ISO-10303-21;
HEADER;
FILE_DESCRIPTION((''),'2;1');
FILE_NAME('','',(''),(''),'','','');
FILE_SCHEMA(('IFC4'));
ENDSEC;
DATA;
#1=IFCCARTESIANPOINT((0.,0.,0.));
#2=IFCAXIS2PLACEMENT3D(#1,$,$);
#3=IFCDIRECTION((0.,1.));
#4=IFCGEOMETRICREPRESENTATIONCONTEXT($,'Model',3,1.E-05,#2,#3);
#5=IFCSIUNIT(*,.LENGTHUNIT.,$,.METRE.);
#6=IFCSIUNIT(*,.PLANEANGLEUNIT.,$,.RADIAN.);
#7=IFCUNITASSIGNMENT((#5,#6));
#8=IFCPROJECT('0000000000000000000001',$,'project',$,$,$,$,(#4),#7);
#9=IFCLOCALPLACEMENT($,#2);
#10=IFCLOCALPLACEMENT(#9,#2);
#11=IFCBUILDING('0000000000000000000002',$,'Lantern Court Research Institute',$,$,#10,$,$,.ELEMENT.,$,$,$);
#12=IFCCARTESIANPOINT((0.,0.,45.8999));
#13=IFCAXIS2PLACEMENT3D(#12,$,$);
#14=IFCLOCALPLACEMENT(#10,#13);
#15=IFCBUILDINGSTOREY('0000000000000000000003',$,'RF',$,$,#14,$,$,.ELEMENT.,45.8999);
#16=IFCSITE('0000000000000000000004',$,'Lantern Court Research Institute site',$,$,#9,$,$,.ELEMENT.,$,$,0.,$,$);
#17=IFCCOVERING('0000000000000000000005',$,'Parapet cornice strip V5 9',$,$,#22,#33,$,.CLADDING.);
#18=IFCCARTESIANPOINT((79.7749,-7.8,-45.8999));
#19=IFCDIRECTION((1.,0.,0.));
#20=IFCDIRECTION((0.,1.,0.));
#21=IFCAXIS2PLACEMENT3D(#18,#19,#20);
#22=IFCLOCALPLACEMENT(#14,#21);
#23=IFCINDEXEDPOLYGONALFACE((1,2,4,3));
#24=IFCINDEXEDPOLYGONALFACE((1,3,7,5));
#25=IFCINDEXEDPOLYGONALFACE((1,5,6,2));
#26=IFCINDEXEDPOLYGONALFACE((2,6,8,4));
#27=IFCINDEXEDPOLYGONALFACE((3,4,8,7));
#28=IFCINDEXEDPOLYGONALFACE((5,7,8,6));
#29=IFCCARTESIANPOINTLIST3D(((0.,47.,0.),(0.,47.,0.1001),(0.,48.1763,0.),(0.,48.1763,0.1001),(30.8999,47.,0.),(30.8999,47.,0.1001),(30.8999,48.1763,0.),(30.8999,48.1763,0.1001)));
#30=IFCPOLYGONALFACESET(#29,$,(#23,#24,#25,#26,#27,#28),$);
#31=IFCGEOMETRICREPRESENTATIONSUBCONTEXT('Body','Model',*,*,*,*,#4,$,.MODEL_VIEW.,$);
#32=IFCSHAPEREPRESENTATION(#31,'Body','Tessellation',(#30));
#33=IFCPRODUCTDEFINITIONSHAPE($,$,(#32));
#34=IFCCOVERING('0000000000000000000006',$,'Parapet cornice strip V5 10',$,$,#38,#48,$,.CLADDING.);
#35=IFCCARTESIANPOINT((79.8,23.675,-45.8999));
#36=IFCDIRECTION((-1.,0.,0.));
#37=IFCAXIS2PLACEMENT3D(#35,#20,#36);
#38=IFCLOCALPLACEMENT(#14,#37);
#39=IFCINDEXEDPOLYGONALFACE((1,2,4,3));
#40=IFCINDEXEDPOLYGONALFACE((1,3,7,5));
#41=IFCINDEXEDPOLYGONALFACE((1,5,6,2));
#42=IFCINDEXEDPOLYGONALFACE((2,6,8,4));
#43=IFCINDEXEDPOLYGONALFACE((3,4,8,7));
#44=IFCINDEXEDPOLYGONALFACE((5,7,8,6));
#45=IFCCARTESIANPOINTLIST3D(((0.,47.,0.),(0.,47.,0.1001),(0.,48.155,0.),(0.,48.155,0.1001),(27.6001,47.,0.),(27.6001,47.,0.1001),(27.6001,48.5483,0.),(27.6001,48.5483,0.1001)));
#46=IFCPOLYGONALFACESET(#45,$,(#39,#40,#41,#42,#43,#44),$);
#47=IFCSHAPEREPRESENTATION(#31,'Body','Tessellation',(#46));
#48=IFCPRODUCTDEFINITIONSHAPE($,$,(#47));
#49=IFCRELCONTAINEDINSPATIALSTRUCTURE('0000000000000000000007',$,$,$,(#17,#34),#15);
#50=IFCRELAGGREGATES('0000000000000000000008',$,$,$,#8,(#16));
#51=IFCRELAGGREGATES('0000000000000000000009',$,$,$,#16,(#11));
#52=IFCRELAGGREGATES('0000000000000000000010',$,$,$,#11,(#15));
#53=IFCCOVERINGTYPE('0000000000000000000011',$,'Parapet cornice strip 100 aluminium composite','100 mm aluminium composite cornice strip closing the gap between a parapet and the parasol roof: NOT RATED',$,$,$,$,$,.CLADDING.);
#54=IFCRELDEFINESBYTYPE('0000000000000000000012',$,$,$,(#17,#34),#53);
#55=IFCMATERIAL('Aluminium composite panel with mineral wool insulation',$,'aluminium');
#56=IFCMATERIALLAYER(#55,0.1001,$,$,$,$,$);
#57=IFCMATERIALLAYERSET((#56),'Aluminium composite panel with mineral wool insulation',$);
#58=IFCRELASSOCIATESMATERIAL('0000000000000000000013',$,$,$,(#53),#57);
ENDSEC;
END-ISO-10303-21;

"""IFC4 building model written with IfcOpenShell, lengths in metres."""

from ifc_helpers import new_model, si_unit, direction, frame, origin, place, context, subcontext, project, spatial, polyline, outline, extrude, material, layer, layer_set, type_object, element, save


model = new_model("IFC4")

# Units and contexts
model_context = context("Model", 3, precision=1e-05, world=origin(), true_north=direction((0.0, 1.0)))
body_context = subcontext(model_context, "Body", "Model", "MODEL_VIEW")
ifc_project = project(units=[si_unit("LENGTHUNIT", "METRE"), si_unit("PLANEANGLEUNIT", "RADIAN")], contexts=[model_context])

# Site, building, storey
site_placement = place(None, origin())
site = spatial("IfcSite", under=ifc_project, at=site_placement, Name="Lantern Court Research Institute site", CompositionType="ELEMENT", RefElevation=0.0)
building_placement = place(site_placement, origin())
building = spatial("IfcBuilding", under=site, at=building_placement, Name="Lantern Court Research Institute", CompositionType="ELEMENT")
storey_placement = place(building_placement, frame((0.0, 0.0, 45.8999)))
storey = spatial("IfcBuildingStorey", under=building, at=storey_placement, Name="RF", CompositionType="ELEMENT", Elevation=45.8999)

# Coverings
ifc_material_1 = material(Name="Aluminium composite panel with mineral wool insulation", Category="aluminium")
ifc_layer_1 = layer(ifc_material_1, 0.1001)
ifc_layer_set_1 = layer_set([ifc_layer_1], Name="Aluminium composite panel with mineral wool insulation")
covering_type_1 = type_object("IfcCoveringType", Name="Parapet cornice strip 100 aluminium composite", Description="100 mm aluminium composite cornice strip closing the gap between a parapet and the parasol roof: NOT RATED", PredefinedType="CLADDING", material=ifc_layer_set_1)
covering_1_placement = place(storey_placement, frame((79.7749, -7.8, -45.8999), z_axis=(1.0, 0.0, 0.0), x_axis=(0.0, 1.0, 0.0)))
element("IfcCovering", 1, at=covering_1_placement, inside=storey, type_object=covering_type_1, Name="Parapet cornice strip V5 9", PredefinedType="CLADDING", context=body_context, shape_type="SweptSolid", body=[
    extrude(outline(polyline([(0.0, 47.0), (30.8999, 47.0), (30.8999, 48.1763), (0.0, 48.1763), (0.0, 47.0)])), origin(), (0.0, 0.0, 1.0), 0.1001),
])
covering_2_placement = place(storey_placement, frame((79.8, 23.675, -45.8999), z_axis=(0.0, 1.0, 0.0), x_axis=(-1.0, 0.0, 0.0)))
element("IfcCovering", 2, at=covering_2_placement, inside=storey, type_object=covering_type_1, Name="Parapet cornice strip V5 10", PredefinedType="CLADDING", context=body_context, shape_type="SweptSolid", body=[
    extrude(outline(polyline([(0.0, 47.0), (27.6001, 47.0), (27.6001, 48.5483), (0.0, 48.155), (0.0, 47.0)])), origin(), (0.0, 0.0, 1.0), 0.1001),
])

save(model, "model.ifc")
